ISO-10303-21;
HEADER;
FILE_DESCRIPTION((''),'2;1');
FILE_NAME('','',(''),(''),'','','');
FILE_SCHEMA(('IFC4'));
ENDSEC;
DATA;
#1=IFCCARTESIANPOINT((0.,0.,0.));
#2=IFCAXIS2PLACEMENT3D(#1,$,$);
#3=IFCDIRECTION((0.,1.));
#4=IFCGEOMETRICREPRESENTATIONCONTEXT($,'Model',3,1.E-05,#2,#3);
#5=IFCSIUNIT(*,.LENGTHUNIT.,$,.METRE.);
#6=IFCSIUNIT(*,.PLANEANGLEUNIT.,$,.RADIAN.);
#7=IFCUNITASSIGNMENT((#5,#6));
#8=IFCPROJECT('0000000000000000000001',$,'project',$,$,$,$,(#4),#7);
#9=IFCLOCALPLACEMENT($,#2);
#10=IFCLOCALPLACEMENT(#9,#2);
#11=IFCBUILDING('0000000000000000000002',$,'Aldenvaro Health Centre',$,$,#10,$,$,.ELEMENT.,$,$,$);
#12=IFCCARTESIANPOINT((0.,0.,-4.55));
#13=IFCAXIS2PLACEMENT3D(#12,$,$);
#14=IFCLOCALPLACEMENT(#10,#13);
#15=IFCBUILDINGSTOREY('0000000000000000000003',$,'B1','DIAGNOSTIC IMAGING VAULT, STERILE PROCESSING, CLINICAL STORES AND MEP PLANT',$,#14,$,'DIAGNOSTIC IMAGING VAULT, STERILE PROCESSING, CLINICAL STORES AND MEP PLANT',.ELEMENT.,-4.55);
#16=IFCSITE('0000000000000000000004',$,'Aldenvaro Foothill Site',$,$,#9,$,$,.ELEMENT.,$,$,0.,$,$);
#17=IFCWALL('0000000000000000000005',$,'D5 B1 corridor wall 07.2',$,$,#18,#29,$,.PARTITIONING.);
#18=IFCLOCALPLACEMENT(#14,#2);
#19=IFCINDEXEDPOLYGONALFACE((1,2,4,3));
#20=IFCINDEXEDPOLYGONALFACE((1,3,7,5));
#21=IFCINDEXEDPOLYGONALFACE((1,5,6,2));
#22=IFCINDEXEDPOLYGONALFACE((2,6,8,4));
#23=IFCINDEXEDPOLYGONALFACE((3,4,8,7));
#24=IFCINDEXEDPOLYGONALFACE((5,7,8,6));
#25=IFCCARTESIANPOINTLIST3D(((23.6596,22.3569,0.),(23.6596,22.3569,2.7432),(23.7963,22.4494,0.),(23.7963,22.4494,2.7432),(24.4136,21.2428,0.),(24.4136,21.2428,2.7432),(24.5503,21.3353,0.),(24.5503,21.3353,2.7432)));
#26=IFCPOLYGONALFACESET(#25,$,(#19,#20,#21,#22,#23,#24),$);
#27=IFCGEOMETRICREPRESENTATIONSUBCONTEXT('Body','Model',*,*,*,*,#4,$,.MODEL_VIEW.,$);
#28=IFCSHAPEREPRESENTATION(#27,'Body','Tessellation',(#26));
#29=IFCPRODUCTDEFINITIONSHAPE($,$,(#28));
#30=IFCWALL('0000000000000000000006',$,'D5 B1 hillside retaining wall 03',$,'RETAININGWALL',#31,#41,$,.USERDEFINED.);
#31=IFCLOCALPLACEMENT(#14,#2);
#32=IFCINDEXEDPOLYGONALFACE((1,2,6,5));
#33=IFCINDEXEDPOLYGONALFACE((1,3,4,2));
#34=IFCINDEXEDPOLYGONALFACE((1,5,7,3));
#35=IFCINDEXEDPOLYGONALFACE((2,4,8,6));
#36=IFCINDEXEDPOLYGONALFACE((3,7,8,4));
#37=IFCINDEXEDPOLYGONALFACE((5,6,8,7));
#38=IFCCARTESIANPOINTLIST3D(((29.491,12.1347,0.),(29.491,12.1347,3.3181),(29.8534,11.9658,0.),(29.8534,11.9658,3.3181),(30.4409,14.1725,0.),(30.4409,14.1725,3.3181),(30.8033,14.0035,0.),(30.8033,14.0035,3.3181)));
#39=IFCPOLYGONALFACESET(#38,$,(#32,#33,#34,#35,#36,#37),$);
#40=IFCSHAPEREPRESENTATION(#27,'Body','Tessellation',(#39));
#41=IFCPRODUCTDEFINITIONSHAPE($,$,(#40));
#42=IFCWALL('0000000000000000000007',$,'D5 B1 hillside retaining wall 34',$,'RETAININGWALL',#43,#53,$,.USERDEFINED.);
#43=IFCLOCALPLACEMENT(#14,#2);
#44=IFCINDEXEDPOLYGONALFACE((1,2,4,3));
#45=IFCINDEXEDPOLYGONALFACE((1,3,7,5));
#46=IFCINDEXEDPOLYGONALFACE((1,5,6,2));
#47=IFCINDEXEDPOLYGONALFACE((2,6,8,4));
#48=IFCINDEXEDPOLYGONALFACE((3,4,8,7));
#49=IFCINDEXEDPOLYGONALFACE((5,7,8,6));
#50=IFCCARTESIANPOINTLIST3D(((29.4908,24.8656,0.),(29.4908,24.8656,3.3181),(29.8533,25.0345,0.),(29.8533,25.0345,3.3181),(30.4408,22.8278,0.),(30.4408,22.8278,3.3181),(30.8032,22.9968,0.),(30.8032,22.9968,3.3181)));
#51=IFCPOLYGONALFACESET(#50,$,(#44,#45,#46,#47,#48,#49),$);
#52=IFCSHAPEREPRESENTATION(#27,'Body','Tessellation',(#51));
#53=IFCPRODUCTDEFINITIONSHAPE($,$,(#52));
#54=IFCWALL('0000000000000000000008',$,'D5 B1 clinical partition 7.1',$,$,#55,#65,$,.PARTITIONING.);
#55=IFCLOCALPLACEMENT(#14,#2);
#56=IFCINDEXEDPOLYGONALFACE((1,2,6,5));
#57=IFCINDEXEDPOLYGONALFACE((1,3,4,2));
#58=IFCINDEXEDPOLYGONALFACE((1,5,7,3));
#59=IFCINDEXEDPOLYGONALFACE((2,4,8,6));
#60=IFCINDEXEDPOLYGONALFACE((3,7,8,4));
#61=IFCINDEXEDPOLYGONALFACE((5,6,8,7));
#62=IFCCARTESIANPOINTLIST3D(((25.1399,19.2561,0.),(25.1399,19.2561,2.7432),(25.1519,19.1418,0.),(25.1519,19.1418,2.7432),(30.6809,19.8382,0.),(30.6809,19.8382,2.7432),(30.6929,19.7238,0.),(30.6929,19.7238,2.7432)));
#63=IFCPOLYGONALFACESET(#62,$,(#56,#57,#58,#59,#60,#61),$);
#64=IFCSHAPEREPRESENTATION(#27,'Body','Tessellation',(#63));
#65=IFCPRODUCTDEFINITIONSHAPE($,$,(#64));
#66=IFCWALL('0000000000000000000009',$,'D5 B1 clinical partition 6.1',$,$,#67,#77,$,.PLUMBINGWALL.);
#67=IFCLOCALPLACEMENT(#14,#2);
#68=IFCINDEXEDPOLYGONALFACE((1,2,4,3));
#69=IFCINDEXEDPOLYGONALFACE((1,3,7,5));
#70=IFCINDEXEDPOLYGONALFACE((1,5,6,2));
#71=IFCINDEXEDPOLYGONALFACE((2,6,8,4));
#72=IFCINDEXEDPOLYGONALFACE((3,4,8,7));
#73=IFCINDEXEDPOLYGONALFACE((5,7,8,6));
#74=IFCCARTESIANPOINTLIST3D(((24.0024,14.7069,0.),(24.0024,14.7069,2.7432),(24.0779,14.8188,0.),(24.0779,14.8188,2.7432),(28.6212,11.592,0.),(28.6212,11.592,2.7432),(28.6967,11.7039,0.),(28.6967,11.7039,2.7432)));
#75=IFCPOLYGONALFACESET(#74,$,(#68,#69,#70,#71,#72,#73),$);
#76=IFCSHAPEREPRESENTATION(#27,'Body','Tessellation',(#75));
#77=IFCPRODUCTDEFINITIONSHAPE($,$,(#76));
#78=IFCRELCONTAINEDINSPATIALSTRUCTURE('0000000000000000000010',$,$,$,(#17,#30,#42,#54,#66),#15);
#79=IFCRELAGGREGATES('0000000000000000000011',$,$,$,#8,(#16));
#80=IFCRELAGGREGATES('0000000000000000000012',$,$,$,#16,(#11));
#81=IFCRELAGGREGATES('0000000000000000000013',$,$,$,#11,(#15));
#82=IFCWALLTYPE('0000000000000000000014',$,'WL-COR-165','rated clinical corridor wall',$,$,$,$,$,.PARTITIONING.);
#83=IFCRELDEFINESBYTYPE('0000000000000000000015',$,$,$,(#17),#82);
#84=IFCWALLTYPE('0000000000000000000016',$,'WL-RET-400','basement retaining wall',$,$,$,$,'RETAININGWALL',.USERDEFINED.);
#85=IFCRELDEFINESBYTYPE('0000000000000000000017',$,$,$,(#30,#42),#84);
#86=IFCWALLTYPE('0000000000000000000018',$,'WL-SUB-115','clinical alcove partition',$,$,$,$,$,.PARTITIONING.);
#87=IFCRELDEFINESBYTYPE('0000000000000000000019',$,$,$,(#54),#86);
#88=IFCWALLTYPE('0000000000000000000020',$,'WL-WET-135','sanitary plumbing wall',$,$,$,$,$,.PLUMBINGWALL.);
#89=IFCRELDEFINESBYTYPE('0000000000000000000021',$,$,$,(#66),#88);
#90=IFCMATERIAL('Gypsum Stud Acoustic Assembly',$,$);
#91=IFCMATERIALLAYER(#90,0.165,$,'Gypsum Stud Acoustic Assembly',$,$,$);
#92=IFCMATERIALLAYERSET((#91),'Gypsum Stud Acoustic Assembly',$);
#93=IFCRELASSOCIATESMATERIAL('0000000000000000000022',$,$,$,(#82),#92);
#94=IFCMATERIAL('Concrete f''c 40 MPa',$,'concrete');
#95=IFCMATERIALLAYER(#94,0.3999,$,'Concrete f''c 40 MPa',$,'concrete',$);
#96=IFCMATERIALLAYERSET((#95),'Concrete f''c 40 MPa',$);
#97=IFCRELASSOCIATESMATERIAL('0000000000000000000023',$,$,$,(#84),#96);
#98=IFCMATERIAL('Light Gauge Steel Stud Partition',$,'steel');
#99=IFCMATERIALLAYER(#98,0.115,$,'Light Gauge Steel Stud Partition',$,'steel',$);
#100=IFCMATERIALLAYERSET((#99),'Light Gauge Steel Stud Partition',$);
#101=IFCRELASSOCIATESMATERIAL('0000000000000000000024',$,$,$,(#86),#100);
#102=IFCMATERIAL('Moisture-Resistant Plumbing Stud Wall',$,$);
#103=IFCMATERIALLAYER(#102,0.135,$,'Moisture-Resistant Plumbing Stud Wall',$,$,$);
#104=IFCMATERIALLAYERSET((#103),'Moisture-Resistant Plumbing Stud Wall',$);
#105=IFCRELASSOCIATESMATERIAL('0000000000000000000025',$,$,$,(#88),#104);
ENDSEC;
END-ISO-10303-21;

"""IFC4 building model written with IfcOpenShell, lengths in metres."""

from ifc_helpers import new_model, si_unit, direction, frame, frame_2d, origin, place, context, subcontext, project, spatial, rectangle, extrude, material, layer, layer_set, type_object, element, save


model = new_model("IFC4")

# Units and contexts
model_context = context("Model", 3, precision=1e-05, world=origin(), true_north=direction((0.0, 1.0)))
body_context = subcontext(model_context, "Body", "Model", "MODEL_VIEW")
ifc_project = project(units=[si_unit("LENGTHUNIT", "METRE"), si_unit("PLANEANGLEUNIT", "RADIAN")], contexts=[model_context])

# Site, building, storey
site_placement = place(None, origin())
site = spatial("IfcSite", under=ifc_project, at=site_placement, Name="Aldenvaro Foothill Site", CompositionType="ELEMENT", RefElevation=0.0)
building_placement = place(site_placement, origin())
building = spatial("IfcBuilding", under=site, at=building_placement, Name="Aldenvaro Health Centre", CompositionType="ELEMENT")
storey_placement = place(building_placement, frame((0.0, 0.0, -4.55)))
storey = spatial("IfcBuildingStorey", under=building, at=storey_placement, Name="B1", Description="DIAGNOSTIC IMAGING VAULT, STERILE PROCESSING, CLINICAL STORES AND MEP PLANT", LongName="DIAGNOSTIC IMAGING VAULT, STERILE PROCESSING, CLINICAL STORES AND MEP PLANT", CompositionType="ELEMENT", Elevation=-4.55)

# Shared definitions
ifc_material_1 = material(Name="Concrete f'c 40 MPa", Category="concrete")

# Shared definitions
ifc_material_2 = material(Name="Gypsum Stud Acoustic Assembly")
ifc_layer_1 = layer(ifc_material_2, 0.165, Name="Gypsum Stud Acoustic Assembly")
ifc_layer_set_1 = layer_set([ifc_layer_1], Name="Gypsum Stud Acoustic Assembly")
wall_type_1 = type_object("IfcWallType", Name="WL-COR-165", Description="rated clinical corridor wall", PredefinedType="PARTITIONING", material=ifc_layer_set_1)

# Walls
wall_1_placement = place(storey_placement, frame((24.4819, 21.2891, 0.0), z_axis=(0.0, 0.0, 1.0), x_axis=(-0.560467, 0.828177, 0.0)))
element("IfcWall", 1, at=wall_1_placement, inside=storey, type_object=wall_type_1, Name="D5 B1 corridor wall 07.2", PredefinedType="PARTITIONING", context=body_context, shape_type="SweptSolid", body=[
    extrude(rectangle(XDim=1.3452, YDim=0.165, at=frame_2d((0.6726, 0.0))), origin(), (0.0, 0.0, 1.0), 2.7432),
])
ifc_layer_2 = layer(ifc_material_1, 0.3999, Name="Concrete f'c 40 MPa", Category="concrete")
ifc_layer_set_2 = layer_set([ifc_layer_2], Name="Concrete f'c 40 MPa")
wall_type_2 = type_object("IfcWallType", Name="WL-RET-400", Description="basement retaining wall", ElementType="RETAININGWALL", PredefinedType="USERDEFINED", material=ifc_layer_set_2)
for number, where, z_axis, x_axis, name in (
    (2, (30.6221, 14.0879, 0.0), (0.0, 0.0, 1.0), (-0.422505, -0.906361, 0.0), "D5 B1 hillside retaining wall 03"),
    (3, (29.6721, 24.95, 0.0), (0.0, 0.0, 1.0), (0.422505, -0.906361, 0.0), "D5 B1 hillside retaining wall 34"),
):
    element("IfcWall", number, at=place(storey_placement, frame(where, z_axis=z_axis, x_axis=x_axis)), inside=storey, type_object=wall_type_2, Name=name, ObjectType="RETAININGWALL", PredefinedType="USERDEFINED", context=body_context, shape_type="SweptSolid", body=[
        extrude(rectangle(XDim=2.2483, YDim=0.3999, at=frame_2d((1.124, 0.0))), origin(), (0.0, 0.0, 1.0), 3.3181),
    ])
ifc_material_3 = material(Name="Light Gauge Steel Stud Partition", Category="steel")
ifc_layer_3 = layer(ifc_material_3, 0.115, Name="Light Gauge Steel Stud Partition", Category="steel")
ifc_layer_set_3 = layer_set([ifc_layer_3], Name="Light Gauge Steel Stud Partition")
wall_type_3 = type_object("IfcWallType", Name="WL-SUB-115", Description="clinical alcove partition", PredefinedType="PARTITIONING", material=ifc_layer_set_3)
wall_2_placement = place(storey_placement, frame((25.146, 19.199, 0.0), z_axis=(0.0, 0.0, 1.0), x_axis=(0.994528, 0.104466, 0.0)))
element("IfcWall", 4, at=wall_2_placement, inside=storey, type_object=wall_type_3, Name="D5 B1 clinical partition 7.1", PredefinedType="PARTITIONING", context=body_context, shape_type="SweptSolid", body=[
    extrude(rectangle(XDim=5.5715, YDim=0.115, at=frame_2d((2.7856, 0.0))), origin(), (0.0, 0.0, 1.0), 2.7432),
])
ifc_material_4 = material(Name="Moisture-Resistant Plumbing Stud Wall")
ifc_layer_4 = layer(ifc_material_4, 0.135, Name="Moisture-Resistant Plumbing Stud Wall")
ifc_layer_set_4 = layer_set([ifc_layer_4], Name="Moisture-Resistant Plumbing Stud Wall")
wall_type_4 = type_object("IfcWallType", Name="WL-WET-135", Description="sanitary plumbing wall", PredefinedType="PLUMBINGWALL", material=ifc_layer_set_4)
wall_3_placement = place(storey_placement, frame((24.04, 14.7629, 0.0), z_axis=(0.0, 0.0, 1.0), x_axis=(0.829079, -0.559132, 0.0)))
element("IfcWall", 5, at=wall_3_placement, inside=storey, type_object=wall_type_4, Name="D5 B1 clinical partition 6.1", PredefinedType="PLUMBINGWALL", context=body_context, shape_type="SweptSolid", body=[
    extrude(rectangle(XDim=5.571, YDim=0.135, at=frame_2d((2.7856, 0.0))), origin(), (0.0, 0.0, 1.0), 2.7432),
])

save(model, "model.ifc")
